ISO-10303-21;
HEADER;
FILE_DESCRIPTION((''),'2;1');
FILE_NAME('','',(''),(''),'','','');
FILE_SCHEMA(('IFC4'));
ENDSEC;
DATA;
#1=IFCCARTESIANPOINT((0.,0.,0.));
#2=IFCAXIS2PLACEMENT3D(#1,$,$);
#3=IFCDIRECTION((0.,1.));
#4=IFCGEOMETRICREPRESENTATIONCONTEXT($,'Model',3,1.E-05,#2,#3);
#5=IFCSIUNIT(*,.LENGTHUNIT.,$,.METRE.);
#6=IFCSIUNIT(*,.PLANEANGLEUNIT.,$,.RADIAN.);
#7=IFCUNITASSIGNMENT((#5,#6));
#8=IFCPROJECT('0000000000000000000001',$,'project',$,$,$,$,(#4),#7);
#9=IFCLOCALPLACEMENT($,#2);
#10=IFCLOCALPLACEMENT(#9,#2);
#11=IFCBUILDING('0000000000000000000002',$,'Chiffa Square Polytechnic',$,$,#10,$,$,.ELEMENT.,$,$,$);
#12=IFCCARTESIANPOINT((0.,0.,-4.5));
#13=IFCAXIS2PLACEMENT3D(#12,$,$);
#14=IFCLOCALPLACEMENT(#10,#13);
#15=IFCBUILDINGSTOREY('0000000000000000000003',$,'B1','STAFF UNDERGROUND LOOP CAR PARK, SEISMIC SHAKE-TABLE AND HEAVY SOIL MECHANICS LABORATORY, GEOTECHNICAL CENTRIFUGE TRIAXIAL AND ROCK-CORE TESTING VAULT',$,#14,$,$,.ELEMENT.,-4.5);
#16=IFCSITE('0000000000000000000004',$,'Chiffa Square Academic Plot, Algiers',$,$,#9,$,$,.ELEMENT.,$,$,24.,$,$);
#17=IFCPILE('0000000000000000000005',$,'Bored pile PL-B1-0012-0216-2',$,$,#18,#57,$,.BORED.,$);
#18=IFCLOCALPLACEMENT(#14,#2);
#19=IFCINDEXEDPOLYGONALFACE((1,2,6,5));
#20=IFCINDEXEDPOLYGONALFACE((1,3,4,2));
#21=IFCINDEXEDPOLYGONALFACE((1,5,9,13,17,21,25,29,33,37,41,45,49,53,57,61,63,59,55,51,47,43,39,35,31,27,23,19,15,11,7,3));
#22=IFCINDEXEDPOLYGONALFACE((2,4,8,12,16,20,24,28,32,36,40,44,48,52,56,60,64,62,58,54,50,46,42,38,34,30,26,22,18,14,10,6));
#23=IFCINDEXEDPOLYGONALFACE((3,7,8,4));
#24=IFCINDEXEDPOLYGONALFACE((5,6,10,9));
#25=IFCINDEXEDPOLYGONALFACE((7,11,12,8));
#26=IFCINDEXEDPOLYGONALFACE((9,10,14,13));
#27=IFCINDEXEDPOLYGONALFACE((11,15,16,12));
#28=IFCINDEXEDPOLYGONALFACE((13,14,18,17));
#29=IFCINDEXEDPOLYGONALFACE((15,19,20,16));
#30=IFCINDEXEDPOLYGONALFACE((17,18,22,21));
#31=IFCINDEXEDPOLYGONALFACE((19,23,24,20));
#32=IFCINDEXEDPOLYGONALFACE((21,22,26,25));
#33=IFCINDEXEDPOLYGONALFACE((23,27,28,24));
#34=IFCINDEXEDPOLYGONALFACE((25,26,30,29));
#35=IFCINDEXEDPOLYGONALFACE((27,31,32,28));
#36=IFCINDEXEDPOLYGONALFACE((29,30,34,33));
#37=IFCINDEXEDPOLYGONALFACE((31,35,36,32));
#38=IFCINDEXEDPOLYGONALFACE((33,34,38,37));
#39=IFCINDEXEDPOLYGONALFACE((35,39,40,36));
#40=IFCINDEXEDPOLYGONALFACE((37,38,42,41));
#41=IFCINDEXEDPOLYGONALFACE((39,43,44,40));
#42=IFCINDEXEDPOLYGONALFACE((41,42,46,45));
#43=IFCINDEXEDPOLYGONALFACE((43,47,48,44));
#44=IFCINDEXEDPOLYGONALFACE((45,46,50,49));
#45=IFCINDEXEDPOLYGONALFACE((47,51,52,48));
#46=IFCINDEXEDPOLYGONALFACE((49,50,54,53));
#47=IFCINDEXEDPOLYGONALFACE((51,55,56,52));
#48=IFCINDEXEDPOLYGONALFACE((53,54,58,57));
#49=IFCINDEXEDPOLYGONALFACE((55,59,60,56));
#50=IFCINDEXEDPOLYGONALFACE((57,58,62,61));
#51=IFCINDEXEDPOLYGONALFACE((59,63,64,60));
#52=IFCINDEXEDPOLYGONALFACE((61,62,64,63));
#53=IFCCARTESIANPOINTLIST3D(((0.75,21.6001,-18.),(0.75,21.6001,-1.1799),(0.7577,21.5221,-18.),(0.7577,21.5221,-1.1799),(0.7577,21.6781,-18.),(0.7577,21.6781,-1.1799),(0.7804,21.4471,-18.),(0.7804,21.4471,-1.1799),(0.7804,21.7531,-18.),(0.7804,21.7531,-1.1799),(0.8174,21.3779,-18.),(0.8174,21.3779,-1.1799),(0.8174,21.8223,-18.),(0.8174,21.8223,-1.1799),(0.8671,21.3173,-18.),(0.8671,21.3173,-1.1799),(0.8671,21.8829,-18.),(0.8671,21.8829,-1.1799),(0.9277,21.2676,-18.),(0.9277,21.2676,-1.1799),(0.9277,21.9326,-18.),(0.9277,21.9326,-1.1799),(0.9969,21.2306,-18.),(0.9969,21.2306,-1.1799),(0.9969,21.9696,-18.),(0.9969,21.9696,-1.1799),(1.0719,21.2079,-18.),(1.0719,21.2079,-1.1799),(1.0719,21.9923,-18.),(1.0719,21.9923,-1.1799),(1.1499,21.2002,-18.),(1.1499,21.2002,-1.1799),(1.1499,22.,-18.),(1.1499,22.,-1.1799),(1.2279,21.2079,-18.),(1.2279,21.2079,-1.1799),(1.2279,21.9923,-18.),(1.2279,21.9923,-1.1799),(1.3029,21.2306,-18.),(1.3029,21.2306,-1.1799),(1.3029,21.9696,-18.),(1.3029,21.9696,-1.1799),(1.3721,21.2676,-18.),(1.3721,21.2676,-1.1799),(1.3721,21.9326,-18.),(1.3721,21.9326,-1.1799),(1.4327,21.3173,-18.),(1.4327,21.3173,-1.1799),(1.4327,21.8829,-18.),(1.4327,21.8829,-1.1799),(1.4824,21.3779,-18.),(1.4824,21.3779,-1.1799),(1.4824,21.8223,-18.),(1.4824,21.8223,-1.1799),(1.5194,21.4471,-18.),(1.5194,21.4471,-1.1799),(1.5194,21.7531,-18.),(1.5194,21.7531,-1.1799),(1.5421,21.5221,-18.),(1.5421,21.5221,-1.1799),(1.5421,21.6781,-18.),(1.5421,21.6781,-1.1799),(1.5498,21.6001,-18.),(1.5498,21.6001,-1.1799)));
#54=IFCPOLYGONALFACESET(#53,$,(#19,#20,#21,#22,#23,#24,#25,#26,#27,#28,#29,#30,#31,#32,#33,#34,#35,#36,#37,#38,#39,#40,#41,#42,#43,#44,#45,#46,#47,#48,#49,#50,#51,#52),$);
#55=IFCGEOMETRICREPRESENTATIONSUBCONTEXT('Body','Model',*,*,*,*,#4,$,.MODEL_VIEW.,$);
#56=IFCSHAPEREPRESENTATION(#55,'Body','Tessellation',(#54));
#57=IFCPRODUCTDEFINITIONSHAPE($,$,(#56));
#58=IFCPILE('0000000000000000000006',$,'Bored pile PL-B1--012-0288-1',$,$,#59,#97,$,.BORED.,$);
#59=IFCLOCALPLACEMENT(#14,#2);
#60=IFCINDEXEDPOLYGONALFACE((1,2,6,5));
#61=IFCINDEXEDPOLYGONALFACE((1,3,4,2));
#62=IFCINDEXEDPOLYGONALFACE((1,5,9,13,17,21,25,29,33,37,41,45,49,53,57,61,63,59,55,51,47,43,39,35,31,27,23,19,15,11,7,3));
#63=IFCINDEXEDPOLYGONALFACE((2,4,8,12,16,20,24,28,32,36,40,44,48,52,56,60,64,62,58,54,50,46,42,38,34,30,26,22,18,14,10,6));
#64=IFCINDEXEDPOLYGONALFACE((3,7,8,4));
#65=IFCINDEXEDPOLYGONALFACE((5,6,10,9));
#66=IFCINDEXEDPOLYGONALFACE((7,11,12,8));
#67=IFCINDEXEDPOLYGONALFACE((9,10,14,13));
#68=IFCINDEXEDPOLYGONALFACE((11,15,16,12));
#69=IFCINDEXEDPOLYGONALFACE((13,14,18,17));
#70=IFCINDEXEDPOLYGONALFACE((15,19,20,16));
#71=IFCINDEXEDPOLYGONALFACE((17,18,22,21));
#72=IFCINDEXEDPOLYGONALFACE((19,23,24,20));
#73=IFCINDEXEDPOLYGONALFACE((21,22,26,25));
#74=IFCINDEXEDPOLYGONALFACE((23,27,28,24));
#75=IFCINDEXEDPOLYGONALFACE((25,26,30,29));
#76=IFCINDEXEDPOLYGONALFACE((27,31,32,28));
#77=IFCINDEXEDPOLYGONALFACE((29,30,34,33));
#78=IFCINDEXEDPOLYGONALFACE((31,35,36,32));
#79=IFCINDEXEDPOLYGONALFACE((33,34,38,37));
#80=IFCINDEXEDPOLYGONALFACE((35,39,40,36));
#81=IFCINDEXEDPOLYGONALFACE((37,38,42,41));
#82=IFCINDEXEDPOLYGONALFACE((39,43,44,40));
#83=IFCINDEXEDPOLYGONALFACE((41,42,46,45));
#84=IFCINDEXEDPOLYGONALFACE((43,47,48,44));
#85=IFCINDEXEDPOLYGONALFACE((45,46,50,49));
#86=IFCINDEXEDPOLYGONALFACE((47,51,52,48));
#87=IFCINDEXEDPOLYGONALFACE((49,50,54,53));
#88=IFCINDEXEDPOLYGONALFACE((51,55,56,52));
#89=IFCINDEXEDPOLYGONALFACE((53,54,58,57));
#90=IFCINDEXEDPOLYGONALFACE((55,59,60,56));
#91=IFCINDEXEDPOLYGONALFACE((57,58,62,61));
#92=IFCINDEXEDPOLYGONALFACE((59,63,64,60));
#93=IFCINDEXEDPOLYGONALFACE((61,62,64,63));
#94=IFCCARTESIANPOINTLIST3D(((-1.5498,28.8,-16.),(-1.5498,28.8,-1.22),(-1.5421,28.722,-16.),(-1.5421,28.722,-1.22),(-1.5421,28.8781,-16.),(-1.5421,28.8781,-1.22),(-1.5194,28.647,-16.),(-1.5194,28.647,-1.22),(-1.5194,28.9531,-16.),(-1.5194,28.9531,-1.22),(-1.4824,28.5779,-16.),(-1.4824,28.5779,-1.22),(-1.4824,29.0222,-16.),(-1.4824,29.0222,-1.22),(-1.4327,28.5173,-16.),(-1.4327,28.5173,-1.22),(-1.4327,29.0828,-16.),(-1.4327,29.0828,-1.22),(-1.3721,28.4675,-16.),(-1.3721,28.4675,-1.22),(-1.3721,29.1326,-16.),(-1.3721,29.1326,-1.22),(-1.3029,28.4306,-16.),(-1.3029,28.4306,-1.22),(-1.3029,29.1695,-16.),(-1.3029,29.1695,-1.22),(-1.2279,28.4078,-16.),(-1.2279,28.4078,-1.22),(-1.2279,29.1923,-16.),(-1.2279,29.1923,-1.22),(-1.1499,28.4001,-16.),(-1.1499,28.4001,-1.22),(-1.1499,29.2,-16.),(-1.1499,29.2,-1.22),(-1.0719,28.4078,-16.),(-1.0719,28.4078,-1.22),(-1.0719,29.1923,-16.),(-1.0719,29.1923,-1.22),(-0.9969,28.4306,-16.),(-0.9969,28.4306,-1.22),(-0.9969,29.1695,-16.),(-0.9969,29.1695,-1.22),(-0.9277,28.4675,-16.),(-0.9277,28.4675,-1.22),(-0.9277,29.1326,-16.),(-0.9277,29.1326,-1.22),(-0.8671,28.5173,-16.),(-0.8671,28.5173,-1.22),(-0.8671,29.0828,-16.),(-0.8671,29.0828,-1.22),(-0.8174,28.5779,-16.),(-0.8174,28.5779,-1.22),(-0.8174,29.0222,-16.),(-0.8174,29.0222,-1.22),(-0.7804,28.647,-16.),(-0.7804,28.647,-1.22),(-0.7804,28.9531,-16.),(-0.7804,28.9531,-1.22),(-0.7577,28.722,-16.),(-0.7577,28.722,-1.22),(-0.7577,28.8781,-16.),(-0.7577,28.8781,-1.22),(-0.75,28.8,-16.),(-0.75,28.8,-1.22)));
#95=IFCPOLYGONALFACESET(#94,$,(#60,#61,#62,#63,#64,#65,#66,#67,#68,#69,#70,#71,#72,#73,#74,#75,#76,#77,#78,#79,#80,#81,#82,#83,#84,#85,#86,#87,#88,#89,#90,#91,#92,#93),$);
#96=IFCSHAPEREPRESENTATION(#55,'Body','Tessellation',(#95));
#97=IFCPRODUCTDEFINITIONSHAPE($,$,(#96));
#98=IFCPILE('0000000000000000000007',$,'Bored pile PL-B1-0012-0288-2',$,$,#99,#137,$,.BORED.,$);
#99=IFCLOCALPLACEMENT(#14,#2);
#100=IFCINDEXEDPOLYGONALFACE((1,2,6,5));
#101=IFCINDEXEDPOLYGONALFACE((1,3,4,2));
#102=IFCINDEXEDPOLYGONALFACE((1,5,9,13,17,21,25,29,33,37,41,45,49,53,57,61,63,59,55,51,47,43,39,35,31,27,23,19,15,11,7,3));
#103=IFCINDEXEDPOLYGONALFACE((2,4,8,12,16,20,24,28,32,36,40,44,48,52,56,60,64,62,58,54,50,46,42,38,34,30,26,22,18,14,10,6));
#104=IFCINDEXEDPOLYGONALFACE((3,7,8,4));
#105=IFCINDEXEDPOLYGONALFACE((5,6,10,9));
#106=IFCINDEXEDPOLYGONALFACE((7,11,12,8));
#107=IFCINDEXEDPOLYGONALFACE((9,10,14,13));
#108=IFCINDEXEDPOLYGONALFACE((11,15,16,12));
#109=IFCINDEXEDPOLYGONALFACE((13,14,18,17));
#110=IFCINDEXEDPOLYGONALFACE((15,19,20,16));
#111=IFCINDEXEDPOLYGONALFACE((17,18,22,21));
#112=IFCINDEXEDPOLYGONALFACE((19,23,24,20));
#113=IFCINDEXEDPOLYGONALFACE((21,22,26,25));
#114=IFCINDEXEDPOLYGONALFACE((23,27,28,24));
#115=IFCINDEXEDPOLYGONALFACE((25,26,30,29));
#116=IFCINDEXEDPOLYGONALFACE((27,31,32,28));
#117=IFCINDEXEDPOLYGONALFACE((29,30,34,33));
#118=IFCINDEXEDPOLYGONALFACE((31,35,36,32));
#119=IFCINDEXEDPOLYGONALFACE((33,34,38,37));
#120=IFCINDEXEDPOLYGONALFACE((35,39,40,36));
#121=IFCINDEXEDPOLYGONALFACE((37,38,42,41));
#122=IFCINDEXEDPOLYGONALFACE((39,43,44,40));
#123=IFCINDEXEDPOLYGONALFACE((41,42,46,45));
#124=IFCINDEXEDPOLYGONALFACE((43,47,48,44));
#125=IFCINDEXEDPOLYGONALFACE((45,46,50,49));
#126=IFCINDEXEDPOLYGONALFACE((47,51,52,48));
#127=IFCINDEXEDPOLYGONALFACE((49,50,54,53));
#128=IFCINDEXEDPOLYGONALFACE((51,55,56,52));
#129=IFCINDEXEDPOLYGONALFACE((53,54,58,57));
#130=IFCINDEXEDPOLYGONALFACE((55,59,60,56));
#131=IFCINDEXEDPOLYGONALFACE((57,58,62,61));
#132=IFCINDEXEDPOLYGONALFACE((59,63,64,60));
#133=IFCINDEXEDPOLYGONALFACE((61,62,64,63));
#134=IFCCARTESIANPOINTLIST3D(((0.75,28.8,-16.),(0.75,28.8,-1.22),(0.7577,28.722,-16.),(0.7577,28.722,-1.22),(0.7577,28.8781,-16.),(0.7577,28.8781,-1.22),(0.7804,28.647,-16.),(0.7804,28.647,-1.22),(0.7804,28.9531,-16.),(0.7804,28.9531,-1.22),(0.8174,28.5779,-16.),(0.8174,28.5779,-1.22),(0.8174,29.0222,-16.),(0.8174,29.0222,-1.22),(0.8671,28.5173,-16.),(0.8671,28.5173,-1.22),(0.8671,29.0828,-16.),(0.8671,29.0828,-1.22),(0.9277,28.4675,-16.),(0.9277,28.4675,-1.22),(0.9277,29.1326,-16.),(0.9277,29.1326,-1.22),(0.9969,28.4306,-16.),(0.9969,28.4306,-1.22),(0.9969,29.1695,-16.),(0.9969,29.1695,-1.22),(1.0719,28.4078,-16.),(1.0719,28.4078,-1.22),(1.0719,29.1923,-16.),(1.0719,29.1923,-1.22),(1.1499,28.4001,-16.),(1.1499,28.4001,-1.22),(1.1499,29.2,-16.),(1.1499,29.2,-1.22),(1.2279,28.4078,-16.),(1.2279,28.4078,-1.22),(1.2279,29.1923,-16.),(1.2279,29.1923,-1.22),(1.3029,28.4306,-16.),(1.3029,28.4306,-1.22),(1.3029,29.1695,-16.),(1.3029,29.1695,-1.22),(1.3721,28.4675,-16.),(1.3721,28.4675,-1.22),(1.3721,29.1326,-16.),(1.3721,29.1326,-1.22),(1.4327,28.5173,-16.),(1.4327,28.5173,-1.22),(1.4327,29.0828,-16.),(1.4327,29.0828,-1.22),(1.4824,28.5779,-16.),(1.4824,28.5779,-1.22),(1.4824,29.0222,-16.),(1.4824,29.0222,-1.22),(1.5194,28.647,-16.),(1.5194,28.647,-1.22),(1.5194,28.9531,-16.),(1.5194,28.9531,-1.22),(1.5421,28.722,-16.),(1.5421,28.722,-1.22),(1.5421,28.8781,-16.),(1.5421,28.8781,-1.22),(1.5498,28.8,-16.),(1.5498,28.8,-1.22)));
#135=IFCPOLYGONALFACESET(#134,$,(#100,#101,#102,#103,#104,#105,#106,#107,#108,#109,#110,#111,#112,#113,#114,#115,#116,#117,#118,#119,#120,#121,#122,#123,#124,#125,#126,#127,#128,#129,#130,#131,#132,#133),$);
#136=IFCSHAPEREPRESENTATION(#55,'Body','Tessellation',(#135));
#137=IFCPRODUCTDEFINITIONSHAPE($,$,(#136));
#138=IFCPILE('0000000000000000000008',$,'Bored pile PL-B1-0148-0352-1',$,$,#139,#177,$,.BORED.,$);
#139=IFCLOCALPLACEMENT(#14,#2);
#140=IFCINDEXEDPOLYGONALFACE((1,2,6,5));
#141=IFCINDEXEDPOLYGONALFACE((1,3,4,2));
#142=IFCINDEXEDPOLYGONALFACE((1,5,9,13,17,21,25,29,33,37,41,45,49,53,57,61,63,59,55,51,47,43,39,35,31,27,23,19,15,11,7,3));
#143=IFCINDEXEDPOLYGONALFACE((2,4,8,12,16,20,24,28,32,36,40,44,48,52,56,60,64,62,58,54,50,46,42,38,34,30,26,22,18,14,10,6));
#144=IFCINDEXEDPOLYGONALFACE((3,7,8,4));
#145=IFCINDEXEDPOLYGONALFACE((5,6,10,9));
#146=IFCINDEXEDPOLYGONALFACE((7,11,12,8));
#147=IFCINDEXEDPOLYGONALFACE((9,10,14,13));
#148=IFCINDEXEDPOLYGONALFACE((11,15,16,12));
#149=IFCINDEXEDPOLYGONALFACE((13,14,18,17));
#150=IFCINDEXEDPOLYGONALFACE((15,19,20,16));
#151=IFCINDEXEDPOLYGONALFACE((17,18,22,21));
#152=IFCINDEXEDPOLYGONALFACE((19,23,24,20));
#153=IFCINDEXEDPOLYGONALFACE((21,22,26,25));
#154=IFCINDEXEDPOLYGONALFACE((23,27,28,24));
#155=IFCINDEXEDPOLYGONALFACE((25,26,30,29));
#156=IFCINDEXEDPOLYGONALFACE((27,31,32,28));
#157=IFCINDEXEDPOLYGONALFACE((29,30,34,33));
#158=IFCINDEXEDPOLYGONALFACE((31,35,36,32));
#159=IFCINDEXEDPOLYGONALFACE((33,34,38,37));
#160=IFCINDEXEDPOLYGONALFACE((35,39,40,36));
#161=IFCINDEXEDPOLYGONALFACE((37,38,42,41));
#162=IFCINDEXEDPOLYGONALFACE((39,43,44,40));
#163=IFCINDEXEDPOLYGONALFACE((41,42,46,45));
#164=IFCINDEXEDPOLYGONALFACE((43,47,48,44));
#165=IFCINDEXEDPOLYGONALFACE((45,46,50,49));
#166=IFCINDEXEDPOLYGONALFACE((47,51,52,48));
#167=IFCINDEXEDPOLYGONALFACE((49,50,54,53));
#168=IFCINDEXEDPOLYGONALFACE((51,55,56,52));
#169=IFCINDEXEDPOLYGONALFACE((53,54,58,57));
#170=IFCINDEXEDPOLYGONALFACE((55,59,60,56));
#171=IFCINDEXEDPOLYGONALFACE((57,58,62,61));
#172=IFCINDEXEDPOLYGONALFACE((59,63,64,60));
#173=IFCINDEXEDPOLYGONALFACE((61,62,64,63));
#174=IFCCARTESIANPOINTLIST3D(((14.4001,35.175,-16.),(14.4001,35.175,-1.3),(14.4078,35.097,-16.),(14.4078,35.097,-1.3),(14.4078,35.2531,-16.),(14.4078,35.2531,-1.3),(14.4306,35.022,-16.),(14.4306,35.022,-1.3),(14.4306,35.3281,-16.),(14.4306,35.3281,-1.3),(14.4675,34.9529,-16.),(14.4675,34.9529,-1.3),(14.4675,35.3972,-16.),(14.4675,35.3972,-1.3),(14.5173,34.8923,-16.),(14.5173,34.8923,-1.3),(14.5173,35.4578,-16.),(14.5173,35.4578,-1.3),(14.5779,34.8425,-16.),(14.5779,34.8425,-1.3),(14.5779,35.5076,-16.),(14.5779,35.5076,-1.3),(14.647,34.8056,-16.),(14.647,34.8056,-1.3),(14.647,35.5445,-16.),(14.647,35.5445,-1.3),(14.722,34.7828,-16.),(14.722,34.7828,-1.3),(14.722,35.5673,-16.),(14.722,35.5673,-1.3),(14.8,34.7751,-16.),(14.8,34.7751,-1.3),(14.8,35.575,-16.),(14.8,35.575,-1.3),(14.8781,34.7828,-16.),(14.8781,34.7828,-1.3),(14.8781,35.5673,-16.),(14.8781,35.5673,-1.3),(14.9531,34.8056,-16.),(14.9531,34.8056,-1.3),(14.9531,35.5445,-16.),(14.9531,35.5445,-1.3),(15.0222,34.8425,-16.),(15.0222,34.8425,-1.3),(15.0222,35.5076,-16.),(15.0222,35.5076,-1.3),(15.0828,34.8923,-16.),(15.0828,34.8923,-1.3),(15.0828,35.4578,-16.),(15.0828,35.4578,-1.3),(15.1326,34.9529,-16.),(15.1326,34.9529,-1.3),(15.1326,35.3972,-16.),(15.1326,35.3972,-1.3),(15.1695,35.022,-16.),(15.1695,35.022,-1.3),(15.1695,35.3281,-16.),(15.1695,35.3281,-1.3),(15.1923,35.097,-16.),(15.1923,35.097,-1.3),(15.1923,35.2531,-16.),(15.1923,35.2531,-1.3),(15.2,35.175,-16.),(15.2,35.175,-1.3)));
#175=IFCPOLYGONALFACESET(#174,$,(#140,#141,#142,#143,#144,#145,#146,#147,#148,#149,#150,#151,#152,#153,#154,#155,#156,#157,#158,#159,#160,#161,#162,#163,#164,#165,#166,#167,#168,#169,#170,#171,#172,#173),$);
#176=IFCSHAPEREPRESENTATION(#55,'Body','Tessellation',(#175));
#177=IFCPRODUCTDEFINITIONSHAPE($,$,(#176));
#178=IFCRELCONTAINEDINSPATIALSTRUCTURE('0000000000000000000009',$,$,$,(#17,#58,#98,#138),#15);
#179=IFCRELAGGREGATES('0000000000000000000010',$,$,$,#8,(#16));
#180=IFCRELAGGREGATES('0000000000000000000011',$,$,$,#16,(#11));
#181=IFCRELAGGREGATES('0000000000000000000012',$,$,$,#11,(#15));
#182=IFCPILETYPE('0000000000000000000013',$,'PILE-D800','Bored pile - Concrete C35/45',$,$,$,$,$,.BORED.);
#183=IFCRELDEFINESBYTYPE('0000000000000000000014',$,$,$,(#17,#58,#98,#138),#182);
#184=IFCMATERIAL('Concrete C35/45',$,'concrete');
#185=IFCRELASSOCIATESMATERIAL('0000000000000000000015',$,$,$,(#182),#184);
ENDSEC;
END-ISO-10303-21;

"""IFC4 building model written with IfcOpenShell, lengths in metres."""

from ifc_helpers import new_model, si_unit, direction, frame, origin, origin_2d, place, context, subcontext, project, spatial, circle, extrude, material, material_profile, profile_set, type_object, element, save


model = new_model("IFC4")

# Units and contexts
model_context = context("Model", 3, precision=1e-05, world=origin(), true_north=direction((0.0, 1.0)))
body_context = subcontext(model_context, "Body", "Model", "MODEL_VIEW")
ifc_project = project(units=[si_unit("LENGTHUNIT", "METRE"), si_unit("PLANEANGLEUNIT", "RADIAN")], contexts=[model_context])

# Site, building, storey
site_placement = place(None, origin())
site = spatial("IfcSite", under=ifc_project, at=site_placement, Name="Chiffa Square Academic Plot, Algiers", CompositionType="ELEMENT", RefElevation=24.0)
building_placement = place(site_placement, origin())
building = spatial("IfcBuilding", under=site, at=building_placement, Name="Chiffa Square Polytechnic", CompositionType="ELEMENT")
storey_placement = place(building_placement, frame((0.0, 0.0, -4.5)))
storey = spatial("IfcBuildingStorey", under=building, at=storey_placement, Name="B1", Description="STAFF UNDERGROUND LOOP CAR PARK, SEISMIC SHAKE-TABLE AND HEAVY SOIL MECHANICS LABORATORY, GEOTECHNICAL CENTRIFUGE TRIAXIAL AND ROCK-CORE TESTING VAULT", CompositionType="ELEMENT", Elevation=-4.5)

# Shared definitions
ifc_material = material(Name="Concrete C35/45", Category="concrete")

# Piles
ifc_material_profile_1 = material_profile(ifc_material, circle(Radius=0.3999, at=origin_2d()), Name="PILE D800")
ifc_profile_set_1 = profile_set([ifc_material_profile_1], Name="Concrete C35/45")
pile_type_1 = type_object("IfcPileType", Name="PILE-D800", Description="Bored pile - Concrete C35/45", PredefinedType="BORED", material=ifc_profile_set_1)
for number, where, z_axis, x_axis, name in (
    (1, (1.1499, 21.6001, -1.1799), (0.0, 0.0, -1.0), (1.0, 0.0, 0.0), "Bored pile PL-B1-0012-0216-2"),
):
    element("IfcPile", number, at=place(storey_placement, frame(where, z_axis=z_axis, x_axis=x_axis)), inside=storey, type_object=pile_type_1, Name=name, PredefinedType="BORED", context=body_context, shape_type="SweptSolid", body=[
        extrude(circle(Radius=0.3999, at=origin_2d()), origin(), (0.0, 0.0, 1.0), 16.8201),
    ])
for number, where, z_axis, x_axis, name in (
    (2, (-1.1499, 28.8, -1.22), (0.0, 0.0, -1.0), (1.0, 0.0, 0.0), "Bored pile PL-B1--012-0288-1"),
    (3, (1.1499, 28.8, -1.22), (0.0, 0.0, -1.0), (1.0, 0.0, 0.0), "Bored pile PL-B1-0012-0288-2"),
):
    element("IfcPile", number, at=place(storey_placement, frame(where, z_axis=z_axis, x_axis=x_axis)), inside=storey, type_object=pile_type_1, Name=name, PredefinedType="BORED", context=body_context, shape_type="SweptSolid", body=[
        extrude(circle(Radius=0.3999, at=origin_2d()), origin(), (0.0, 0.0, 1.0), 14.78),
    ])
for number, where, z_axis, x_axis, name in (
    (4, (14.8, 35.175, -1.3), (0.0, 0.0, -1.0), (1.0, 0.0, 0.0), "Bored pile PL-B1-0148-0352-1"),
):
    element("IfcPile", number, at=place(storey_placement, frame(where, z_axis=z_axis, x_axis=x_axis)), inside=storey, type_object=pile_type_1, Name=name, PredefinedType="BORED", context=body_context, shape_type="SweptSolid", body=[
        extrude(circle(Radius=0.3999, at=origin_2d()), origin(), (0.0, 0.0, 1.0), 14.7),
    ])

save(model, "model.ifc")
